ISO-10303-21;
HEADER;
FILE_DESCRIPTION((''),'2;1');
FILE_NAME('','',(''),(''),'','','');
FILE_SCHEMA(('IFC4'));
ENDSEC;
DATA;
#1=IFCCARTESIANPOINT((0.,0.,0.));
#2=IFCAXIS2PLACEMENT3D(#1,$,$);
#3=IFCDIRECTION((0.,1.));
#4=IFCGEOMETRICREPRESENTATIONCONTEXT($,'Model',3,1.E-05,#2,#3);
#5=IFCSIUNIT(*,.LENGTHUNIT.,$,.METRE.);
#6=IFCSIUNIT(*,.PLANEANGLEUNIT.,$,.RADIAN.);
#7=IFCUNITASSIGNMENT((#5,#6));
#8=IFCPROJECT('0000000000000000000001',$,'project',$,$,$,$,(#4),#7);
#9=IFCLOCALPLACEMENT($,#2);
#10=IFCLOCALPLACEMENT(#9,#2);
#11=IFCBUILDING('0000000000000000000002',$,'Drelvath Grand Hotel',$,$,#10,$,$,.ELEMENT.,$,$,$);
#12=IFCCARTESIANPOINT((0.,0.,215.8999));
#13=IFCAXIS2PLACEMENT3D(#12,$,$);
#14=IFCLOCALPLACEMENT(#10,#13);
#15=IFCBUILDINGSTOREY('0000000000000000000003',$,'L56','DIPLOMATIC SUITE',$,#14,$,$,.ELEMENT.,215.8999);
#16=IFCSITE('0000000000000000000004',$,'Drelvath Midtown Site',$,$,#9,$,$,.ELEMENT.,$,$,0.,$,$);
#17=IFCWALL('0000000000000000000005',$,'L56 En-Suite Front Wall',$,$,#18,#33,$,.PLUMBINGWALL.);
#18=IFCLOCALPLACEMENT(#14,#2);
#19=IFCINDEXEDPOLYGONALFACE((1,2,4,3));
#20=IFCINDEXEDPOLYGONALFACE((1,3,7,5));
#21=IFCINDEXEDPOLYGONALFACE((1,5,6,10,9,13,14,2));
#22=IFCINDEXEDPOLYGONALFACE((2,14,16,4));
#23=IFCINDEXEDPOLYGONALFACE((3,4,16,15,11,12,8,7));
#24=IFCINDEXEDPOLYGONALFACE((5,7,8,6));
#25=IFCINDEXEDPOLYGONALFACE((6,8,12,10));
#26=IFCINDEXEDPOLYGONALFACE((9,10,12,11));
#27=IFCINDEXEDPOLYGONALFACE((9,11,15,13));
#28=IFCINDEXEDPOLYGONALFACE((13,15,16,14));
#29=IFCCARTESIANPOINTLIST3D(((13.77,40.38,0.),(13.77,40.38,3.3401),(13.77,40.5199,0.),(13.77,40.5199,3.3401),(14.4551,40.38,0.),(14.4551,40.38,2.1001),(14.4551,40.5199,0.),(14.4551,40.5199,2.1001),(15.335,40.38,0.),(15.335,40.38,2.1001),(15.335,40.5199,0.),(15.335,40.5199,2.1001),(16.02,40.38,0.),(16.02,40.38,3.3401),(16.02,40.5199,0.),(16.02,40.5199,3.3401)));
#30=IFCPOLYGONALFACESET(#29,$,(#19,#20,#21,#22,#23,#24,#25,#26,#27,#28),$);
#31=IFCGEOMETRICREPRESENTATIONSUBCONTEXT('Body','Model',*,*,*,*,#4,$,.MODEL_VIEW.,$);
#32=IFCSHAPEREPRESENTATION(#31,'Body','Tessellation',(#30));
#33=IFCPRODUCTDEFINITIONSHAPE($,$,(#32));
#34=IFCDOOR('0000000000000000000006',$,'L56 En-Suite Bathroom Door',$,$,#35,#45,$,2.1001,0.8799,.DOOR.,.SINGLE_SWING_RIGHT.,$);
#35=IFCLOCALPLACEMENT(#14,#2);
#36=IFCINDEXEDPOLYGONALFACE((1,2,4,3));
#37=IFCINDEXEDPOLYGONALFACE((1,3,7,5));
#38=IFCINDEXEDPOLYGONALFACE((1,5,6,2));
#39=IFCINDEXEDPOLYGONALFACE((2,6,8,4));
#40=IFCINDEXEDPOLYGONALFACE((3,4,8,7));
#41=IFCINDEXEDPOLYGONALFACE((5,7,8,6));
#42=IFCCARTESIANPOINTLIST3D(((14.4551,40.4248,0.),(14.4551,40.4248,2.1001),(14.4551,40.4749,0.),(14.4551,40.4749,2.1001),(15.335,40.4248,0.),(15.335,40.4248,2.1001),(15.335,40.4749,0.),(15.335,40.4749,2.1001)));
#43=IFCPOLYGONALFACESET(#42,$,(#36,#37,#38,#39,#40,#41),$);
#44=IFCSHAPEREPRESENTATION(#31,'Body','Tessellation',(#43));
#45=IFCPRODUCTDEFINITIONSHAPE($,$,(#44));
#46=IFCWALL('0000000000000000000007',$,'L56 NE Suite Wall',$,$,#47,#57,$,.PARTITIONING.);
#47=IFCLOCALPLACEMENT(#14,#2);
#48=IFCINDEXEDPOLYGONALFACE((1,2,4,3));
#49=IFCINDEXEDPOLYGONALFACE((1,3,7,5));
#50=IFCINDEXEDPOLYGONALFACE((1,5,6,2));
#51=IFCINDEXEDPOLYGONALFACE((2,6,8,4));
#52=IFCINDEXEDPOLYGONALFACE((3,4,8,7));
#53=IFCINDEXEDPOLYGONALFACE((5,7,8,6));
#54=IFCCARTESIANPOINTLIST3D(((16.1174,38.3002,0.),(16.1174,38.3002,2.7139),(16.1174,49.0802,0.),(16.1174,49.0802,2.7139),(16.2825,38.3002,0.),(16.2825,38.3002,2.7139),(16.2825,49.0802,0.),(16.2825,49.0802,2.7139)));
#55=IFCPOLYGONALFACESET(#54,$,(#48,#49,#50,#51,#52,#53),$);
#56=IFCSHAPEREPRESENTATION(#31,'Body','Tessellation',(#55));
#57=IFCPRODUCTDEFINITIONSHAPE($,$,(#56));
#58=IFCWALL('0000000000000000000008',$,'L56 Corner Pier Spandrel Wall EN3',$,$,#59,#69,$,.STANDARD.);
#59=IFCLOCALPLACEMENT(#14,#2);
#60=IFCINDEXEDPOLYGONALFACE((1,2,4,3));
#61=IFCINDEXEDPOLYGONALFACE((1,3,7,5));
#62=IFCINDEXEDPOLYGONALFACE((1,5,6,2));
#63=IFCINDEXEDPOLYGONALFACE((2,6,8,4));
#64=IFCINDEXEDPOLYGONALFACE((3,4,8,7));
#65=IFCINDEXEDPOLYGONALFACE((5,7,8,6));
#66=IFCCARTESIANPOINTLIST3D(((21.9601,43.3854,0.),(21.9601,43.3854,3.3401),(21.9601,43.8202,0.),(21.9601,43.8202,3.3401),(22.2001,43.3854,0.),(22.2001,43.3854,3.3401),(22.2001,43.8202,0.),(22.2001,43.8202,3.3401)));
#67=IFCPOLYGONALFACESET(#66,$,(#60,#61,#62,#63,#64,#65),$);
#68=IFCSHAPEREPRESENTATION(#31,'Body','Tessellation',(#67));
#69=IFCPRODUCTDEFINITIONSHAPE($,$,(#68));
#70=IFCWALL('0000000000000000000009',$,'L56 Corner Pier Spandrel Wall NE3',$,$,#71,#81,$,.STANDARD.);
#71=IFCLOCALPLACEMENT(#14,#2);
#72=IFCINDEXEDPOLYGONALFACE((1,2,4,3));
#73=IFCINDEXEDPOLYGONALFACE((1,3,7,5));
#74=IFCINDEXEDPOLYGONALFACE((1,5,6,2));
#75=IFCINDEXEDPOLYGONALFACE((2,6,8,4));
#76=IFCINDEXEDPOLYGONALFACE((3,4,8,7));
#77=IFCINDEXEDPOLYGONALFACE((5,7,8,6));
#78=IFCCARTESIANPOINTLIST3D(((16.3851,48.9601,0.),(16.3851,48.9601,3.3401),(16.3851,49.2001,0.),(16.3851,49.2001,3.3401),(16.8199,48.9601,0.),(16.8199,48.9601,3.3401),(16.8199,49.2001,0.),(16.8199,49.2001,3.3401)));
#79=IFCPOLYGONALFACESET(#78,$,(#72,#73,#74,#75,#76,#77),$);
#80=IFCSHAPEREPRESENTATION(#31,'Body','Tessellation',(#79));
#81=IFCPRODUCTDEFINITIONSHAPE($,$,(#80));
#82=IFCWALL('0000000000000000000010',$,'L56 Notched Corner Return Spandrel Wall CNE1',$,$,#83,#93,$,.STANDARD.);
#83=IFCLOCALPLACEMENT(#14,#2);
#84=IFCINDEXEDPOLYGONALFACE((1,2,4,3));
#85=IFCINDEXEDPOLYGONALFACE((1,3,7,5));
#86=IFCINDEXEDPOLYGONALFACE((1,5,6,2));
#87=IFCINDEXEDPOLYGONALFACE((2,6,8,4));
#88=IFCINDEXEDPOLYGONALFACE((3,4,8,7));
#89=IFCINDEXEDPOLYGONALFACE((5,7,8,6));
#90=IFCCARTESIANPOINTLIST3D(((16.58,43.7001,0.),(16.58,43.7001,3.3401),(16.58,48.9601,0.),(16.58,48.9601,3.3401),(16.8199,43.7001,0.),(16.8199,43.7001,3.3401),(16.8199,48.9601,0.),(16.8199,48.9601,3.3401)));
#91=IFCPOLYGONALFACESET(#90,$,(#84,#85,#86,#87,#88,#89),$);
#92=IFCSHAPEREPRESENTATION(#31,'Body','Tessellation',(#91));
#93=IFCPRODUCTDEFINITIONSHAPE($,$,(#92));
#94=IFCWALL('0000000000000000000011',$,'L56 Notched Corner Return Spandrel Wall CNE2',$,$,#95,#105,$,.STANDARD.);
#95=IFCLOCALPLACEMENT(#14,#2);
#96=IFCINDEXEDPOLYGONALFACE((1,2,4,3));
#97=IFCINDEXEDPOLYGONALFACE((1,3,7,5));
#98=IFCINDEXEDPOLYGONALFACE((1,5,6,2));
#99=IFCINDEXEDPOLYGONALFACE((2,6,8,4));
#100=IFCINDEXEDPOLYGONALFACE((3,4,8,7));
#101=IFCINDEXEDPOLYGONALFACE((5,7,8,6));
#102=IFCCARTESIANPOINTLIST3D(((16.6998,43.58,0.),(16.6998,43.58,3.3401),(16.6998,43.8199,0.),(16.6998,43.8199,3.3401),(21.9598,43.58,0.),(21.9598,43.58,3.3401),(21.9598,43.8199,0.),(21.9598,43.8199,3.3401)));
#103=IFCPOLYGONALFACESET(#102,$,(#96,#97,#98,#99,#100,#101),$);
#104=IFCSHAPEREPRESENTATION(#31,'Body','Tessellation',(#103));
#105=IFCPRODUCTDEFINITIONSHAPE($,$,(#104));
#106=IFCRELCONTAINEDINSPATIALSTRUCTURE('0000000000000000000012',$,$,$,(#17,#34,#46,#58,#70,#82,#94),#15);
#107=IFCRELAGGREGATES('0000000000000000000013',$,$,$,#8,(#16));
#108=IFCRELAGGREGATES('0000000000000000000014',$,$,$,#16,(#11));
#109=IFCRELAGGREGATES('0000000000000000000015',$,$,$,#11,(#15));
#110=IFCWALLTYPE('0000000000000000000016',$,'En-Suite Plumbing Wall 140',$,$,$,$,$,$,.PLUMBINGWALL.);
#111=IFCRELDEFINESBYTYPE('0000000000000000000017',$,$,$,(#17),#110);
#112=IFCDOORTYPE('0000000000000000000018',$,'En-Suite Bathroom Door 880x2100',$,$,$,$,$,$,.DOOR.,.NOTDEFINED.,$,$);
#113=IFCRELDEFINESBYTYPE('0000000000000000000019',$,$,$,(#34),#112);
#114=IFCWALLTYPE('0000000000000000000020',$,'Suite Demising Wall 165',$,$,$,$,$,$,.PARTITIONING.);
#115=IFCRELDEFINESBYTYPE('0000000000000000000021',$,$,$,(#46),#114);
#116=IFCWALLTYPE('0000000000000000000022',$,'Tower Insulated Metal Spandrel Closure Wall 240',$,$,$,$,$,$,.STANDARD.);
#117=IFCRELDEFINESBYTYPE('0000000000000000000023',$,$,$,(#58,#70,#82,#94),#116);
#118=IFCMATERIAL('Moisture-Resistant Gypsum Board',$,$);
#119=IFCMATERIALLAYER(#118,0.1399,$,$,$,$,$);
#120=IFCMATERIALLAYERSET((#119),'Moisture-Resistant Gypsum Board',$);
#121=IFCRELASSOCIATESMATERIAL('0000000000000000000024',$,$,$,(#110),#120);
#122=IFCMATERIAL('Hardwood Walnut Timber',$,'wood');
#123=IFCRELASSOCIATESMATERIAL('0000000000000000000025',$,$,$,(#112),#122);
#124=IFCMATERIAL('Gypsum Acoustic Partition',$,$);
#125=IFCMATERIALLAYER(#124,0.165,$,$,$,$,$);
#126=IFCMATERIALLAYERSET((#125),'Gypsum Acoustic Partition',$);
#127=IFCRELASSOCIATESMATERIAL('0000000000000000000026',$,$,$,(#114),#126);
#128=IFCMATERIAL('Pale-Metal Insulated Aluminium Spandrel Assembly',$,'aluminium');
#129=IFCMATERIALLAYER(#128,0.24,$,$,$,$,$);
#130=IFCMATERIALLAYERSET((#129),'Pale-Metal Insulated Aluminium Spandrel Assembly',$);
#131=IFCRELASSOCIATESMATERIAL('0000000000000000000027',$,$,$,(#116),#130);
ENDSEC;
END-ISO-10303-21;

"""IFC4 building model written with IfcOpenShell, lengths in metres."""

from ifc_helpers import new_model, si_unit, direction, frame, frame_2d, origin, place, context, subcontext, project, spatial, rectangle, extrude, material, layer, layer_set, type_object, element, fill, save


model = new_model("IFC4")

# Units and contexts
model_context = context("Model", 3, precision=1e-05, world=origin(), true_north=direction((0.0, 1.0)))
body_context = subcontext(model_context, "Body", "Model", "MODEL_VIEW")
ifc_project = project(units=[si_unit("LENGTHUNIT", "METRE"), si_unit("PLANEANGLEUNIT", "RADIAN")], contexts=[model_context])

# Site, building, storey
site_placement = place(None, origin())
site = spatial("IfcSite", under=ifc_project, at=site_placement, Name="Drelvath Midtown Site", CompositionType="ELEMENT", RefElevation=0.0)
building_placement = place(site_placement, origin())
building = spatial("IfcBuilding", under=site, at=building_placement, Name="Drelvath Grand Hotel", CompositionType="ELEMENT")
storey_placement = place(building_placement, frame((0.0, 0.0, 215.8999)))
storey = spatial("IfcBuildingStorey", under=building, at=storey_placement, Name="L56", Description="DIPLOMATIC SUITE", CompositionType="ELEMENT", Elevation=215.8999)

# Shared definitions
ifc_material_1 = material(Name="Moisture-Resistant Gypsum Board")
ifc_layer_1 = layer(ifc_material_1, 0.1399)
ifc_layer_set_1 = layer_set([ifc_layer_1], Name="Moisture-Resistant Gypsum Board")
wall_type_1 = type_object("IfcWallType", Name="En-Suite Plumbing Wall 140", PredefinedType="PLUMBINGWALL", material=ifc_layer_set_1)

# Shared definitions
ifc_material_2 = material(Name="Hardwood Walnut Timber", Category="wood")
door_type = type_object("IfcDoorType", Name="En-Suite Bathroom Door 880x2100", OperationType="NOTDEFINED", PredefinedType="DOOR", material=ifc_material_2)

# Wall, opening, door
wall_1_placement = place(storey_placement, frame((13.77, 40.45, 0.0), z_axis=(0.0, 0.0, 1.0), x_axis=(1.0, 0.0, 0.0)))
wall_1 = element("IfcWall", 1, at=wall_1_placement, inside=storey, type_object=wall_type_1, Name="L56 En-Suite Front Wall", PredefinedType="PLUMBINGWALL", context=body_context, shape_type="SweptSolid", body=[
    extrude(rectangle(XDim=2.25, YDim=0.1399, at=frame_2d((1.125, 0.0))), origin(), (0.0, 0.0, 1.0), 3.3401),
])
opening_1_placement = place(wall_1_placement, frame((0.6851, 0.0, 0.0)))
opening_1 = element("IfcOpeningElement", 2, at=opening_1_placement, cuts=wall_1, PredefinedType="OPENING", context=body_context, shape_type="SweptSolid", body=[
    extrude(rectangle(XDim=0.8799, YDim=2.1001, at=frame_2d((0.4399, 1.05))), frame((0.0, 0.0798, 0.0), z_axis=(0.0, -1.0, 0.0), x_axis=(1.0, 0.0, 0.0)), (0.0, 0.0, 1.0), 0.1599),
])
door_1_placement = place(opening_1_placement, origin())
door_1 = element("IfcDoor", 3, at=door_1_placement, inside=storey, type_object=door_type, Name="L56 En-Suite Bathroom Door", OperationType="SINGLE_SWING_RIGHT", OverallHeight=2.1001, OverallWidth=0.8799, PredefinedType="DOOR", context=body_context, shape_type="SweptSolid", body=[
    extrude(rectangle(XDim=0.8799, YDim=2.1001, at=frame_2d((0.4399, 1.05))), frame((0.0, 0.0249, 0.0), z_axis=(0.0, -1.0, 0.0), x_axis=(1.0, 0.0, 0.0)), (0.0, 0.0, 1.0), 0.05),
])
fill(opening_1, door_1)

# Walls
ifc_material_3 = material(Name="Gypsum Acoustic Partition")
ifc_layer_2 = layer(ifc_material_3, 0.165)
ifc_layer_set_2 = layer_set([ifc_layer_2], Name="Gypsum Acoustic Partition")
wall_type_2 = type_object("IfcWallType", Name="Suite Demising Wall 165", PredefinedType="PARTITIONING", material=ifc_layer_set_2)
wall_2_placement = place(storey_placement, frame((16.2, 38.3, 0.0), z_axis=(0.0, 0.0, 1.0), x_axis=(0.0, 1.0, 0.0)))
element("IfcWall", 4, at=wall_2_placement, inside=storey, type_object=wall_type_2, Name="L56 NE Suite Wall", PredefinedType="PARTITIONING", context=body_context, shape_type="SweptSolid", body=[
    extrude(rectangle(XDim=10.78, YDim=0.165, at=frame_2d((5.3901, 0.0))), origin(), (0.0, 0.0, 1.0), 2.7139),
])
ifc_material_4 = material(Name="Pale-Metal Insulated Aluminium Spandrel Assembly", Category="aluminium")
ifc_layer_3 = layer(ifc_material_4, 0.24)
ifc_layer_set_3 = layer_set([ifc_layer_3], Name="Pale-Metal Insulated Aluminium Spandrel Assembly")
wall_type_3 = type_object("IfcWallType", Name="Tower Insulated Metal Spandrel Closure Wall 240", PredefinedType="STANDARD", material=ifc_layer_set_3)
for number, where, z_axis, x_axis, name in (
    (5, (22.0801, 43.8201, 0.0), (0.0, 0.0, 1.0), (0.0, -1.0, 0.0), "L56 Corner Pier Spandrel Wall EN3"),
    (6, (16.3853, 49.0801, 0.0), (0.0, 0.0, 1.0), (1.0, 0.0, 0.0), "L56 Corner Pier Spandrel Wall NE3"),
):
    element("IfcWall", number, at=place(storey_placement, frame(where, z_axis=z_axis, x_axis=x_axis)), inside=storey, type_object=wall_type_3, Name=name, PredefinedType="STANDARD", context=body_context, shape_type="SweptSolid", body=[
        extrude(rectangle(XDim=0.4348, YDim=0.24, at=frame_2d((0.2173, 0.0))), origin(), (0.0, 0.0, 1.0), 3.3401),
    ])
for number, where, z_axis, x_axis, name in (
    (7, (16.7, 48.96, 0.0), (0.0, 0.0, 1.0), (0.0, -1.0, 0.0), "L56 Notched Corner Return Spandrel Wall CNE1"),
    (8, (16.7, 43.7, 0.0), (0.0, 0.0, 1.0), (1.0, 0.0, 0.0), "L56 Notched Corner Return Spandrel Wall CNE2"),
):
    element("IfcWall", number, at=place(storey_placement, frame(where, z_axis=z_axis, x_axis=x_axis)), inside=storey, type_object=wall_type_3, Name=name, PredefinedType="STANDARD", context=body_context, shape_type="SweptSolid", body=[
        extrude(rectangle(XDim=5.26, YDim=0.24, at=frame_2d((2.6299, 0.0))), origin(), (0.0, 0.0, 1.0), 3.3401),
    ])

save(model, "model.ifc")
